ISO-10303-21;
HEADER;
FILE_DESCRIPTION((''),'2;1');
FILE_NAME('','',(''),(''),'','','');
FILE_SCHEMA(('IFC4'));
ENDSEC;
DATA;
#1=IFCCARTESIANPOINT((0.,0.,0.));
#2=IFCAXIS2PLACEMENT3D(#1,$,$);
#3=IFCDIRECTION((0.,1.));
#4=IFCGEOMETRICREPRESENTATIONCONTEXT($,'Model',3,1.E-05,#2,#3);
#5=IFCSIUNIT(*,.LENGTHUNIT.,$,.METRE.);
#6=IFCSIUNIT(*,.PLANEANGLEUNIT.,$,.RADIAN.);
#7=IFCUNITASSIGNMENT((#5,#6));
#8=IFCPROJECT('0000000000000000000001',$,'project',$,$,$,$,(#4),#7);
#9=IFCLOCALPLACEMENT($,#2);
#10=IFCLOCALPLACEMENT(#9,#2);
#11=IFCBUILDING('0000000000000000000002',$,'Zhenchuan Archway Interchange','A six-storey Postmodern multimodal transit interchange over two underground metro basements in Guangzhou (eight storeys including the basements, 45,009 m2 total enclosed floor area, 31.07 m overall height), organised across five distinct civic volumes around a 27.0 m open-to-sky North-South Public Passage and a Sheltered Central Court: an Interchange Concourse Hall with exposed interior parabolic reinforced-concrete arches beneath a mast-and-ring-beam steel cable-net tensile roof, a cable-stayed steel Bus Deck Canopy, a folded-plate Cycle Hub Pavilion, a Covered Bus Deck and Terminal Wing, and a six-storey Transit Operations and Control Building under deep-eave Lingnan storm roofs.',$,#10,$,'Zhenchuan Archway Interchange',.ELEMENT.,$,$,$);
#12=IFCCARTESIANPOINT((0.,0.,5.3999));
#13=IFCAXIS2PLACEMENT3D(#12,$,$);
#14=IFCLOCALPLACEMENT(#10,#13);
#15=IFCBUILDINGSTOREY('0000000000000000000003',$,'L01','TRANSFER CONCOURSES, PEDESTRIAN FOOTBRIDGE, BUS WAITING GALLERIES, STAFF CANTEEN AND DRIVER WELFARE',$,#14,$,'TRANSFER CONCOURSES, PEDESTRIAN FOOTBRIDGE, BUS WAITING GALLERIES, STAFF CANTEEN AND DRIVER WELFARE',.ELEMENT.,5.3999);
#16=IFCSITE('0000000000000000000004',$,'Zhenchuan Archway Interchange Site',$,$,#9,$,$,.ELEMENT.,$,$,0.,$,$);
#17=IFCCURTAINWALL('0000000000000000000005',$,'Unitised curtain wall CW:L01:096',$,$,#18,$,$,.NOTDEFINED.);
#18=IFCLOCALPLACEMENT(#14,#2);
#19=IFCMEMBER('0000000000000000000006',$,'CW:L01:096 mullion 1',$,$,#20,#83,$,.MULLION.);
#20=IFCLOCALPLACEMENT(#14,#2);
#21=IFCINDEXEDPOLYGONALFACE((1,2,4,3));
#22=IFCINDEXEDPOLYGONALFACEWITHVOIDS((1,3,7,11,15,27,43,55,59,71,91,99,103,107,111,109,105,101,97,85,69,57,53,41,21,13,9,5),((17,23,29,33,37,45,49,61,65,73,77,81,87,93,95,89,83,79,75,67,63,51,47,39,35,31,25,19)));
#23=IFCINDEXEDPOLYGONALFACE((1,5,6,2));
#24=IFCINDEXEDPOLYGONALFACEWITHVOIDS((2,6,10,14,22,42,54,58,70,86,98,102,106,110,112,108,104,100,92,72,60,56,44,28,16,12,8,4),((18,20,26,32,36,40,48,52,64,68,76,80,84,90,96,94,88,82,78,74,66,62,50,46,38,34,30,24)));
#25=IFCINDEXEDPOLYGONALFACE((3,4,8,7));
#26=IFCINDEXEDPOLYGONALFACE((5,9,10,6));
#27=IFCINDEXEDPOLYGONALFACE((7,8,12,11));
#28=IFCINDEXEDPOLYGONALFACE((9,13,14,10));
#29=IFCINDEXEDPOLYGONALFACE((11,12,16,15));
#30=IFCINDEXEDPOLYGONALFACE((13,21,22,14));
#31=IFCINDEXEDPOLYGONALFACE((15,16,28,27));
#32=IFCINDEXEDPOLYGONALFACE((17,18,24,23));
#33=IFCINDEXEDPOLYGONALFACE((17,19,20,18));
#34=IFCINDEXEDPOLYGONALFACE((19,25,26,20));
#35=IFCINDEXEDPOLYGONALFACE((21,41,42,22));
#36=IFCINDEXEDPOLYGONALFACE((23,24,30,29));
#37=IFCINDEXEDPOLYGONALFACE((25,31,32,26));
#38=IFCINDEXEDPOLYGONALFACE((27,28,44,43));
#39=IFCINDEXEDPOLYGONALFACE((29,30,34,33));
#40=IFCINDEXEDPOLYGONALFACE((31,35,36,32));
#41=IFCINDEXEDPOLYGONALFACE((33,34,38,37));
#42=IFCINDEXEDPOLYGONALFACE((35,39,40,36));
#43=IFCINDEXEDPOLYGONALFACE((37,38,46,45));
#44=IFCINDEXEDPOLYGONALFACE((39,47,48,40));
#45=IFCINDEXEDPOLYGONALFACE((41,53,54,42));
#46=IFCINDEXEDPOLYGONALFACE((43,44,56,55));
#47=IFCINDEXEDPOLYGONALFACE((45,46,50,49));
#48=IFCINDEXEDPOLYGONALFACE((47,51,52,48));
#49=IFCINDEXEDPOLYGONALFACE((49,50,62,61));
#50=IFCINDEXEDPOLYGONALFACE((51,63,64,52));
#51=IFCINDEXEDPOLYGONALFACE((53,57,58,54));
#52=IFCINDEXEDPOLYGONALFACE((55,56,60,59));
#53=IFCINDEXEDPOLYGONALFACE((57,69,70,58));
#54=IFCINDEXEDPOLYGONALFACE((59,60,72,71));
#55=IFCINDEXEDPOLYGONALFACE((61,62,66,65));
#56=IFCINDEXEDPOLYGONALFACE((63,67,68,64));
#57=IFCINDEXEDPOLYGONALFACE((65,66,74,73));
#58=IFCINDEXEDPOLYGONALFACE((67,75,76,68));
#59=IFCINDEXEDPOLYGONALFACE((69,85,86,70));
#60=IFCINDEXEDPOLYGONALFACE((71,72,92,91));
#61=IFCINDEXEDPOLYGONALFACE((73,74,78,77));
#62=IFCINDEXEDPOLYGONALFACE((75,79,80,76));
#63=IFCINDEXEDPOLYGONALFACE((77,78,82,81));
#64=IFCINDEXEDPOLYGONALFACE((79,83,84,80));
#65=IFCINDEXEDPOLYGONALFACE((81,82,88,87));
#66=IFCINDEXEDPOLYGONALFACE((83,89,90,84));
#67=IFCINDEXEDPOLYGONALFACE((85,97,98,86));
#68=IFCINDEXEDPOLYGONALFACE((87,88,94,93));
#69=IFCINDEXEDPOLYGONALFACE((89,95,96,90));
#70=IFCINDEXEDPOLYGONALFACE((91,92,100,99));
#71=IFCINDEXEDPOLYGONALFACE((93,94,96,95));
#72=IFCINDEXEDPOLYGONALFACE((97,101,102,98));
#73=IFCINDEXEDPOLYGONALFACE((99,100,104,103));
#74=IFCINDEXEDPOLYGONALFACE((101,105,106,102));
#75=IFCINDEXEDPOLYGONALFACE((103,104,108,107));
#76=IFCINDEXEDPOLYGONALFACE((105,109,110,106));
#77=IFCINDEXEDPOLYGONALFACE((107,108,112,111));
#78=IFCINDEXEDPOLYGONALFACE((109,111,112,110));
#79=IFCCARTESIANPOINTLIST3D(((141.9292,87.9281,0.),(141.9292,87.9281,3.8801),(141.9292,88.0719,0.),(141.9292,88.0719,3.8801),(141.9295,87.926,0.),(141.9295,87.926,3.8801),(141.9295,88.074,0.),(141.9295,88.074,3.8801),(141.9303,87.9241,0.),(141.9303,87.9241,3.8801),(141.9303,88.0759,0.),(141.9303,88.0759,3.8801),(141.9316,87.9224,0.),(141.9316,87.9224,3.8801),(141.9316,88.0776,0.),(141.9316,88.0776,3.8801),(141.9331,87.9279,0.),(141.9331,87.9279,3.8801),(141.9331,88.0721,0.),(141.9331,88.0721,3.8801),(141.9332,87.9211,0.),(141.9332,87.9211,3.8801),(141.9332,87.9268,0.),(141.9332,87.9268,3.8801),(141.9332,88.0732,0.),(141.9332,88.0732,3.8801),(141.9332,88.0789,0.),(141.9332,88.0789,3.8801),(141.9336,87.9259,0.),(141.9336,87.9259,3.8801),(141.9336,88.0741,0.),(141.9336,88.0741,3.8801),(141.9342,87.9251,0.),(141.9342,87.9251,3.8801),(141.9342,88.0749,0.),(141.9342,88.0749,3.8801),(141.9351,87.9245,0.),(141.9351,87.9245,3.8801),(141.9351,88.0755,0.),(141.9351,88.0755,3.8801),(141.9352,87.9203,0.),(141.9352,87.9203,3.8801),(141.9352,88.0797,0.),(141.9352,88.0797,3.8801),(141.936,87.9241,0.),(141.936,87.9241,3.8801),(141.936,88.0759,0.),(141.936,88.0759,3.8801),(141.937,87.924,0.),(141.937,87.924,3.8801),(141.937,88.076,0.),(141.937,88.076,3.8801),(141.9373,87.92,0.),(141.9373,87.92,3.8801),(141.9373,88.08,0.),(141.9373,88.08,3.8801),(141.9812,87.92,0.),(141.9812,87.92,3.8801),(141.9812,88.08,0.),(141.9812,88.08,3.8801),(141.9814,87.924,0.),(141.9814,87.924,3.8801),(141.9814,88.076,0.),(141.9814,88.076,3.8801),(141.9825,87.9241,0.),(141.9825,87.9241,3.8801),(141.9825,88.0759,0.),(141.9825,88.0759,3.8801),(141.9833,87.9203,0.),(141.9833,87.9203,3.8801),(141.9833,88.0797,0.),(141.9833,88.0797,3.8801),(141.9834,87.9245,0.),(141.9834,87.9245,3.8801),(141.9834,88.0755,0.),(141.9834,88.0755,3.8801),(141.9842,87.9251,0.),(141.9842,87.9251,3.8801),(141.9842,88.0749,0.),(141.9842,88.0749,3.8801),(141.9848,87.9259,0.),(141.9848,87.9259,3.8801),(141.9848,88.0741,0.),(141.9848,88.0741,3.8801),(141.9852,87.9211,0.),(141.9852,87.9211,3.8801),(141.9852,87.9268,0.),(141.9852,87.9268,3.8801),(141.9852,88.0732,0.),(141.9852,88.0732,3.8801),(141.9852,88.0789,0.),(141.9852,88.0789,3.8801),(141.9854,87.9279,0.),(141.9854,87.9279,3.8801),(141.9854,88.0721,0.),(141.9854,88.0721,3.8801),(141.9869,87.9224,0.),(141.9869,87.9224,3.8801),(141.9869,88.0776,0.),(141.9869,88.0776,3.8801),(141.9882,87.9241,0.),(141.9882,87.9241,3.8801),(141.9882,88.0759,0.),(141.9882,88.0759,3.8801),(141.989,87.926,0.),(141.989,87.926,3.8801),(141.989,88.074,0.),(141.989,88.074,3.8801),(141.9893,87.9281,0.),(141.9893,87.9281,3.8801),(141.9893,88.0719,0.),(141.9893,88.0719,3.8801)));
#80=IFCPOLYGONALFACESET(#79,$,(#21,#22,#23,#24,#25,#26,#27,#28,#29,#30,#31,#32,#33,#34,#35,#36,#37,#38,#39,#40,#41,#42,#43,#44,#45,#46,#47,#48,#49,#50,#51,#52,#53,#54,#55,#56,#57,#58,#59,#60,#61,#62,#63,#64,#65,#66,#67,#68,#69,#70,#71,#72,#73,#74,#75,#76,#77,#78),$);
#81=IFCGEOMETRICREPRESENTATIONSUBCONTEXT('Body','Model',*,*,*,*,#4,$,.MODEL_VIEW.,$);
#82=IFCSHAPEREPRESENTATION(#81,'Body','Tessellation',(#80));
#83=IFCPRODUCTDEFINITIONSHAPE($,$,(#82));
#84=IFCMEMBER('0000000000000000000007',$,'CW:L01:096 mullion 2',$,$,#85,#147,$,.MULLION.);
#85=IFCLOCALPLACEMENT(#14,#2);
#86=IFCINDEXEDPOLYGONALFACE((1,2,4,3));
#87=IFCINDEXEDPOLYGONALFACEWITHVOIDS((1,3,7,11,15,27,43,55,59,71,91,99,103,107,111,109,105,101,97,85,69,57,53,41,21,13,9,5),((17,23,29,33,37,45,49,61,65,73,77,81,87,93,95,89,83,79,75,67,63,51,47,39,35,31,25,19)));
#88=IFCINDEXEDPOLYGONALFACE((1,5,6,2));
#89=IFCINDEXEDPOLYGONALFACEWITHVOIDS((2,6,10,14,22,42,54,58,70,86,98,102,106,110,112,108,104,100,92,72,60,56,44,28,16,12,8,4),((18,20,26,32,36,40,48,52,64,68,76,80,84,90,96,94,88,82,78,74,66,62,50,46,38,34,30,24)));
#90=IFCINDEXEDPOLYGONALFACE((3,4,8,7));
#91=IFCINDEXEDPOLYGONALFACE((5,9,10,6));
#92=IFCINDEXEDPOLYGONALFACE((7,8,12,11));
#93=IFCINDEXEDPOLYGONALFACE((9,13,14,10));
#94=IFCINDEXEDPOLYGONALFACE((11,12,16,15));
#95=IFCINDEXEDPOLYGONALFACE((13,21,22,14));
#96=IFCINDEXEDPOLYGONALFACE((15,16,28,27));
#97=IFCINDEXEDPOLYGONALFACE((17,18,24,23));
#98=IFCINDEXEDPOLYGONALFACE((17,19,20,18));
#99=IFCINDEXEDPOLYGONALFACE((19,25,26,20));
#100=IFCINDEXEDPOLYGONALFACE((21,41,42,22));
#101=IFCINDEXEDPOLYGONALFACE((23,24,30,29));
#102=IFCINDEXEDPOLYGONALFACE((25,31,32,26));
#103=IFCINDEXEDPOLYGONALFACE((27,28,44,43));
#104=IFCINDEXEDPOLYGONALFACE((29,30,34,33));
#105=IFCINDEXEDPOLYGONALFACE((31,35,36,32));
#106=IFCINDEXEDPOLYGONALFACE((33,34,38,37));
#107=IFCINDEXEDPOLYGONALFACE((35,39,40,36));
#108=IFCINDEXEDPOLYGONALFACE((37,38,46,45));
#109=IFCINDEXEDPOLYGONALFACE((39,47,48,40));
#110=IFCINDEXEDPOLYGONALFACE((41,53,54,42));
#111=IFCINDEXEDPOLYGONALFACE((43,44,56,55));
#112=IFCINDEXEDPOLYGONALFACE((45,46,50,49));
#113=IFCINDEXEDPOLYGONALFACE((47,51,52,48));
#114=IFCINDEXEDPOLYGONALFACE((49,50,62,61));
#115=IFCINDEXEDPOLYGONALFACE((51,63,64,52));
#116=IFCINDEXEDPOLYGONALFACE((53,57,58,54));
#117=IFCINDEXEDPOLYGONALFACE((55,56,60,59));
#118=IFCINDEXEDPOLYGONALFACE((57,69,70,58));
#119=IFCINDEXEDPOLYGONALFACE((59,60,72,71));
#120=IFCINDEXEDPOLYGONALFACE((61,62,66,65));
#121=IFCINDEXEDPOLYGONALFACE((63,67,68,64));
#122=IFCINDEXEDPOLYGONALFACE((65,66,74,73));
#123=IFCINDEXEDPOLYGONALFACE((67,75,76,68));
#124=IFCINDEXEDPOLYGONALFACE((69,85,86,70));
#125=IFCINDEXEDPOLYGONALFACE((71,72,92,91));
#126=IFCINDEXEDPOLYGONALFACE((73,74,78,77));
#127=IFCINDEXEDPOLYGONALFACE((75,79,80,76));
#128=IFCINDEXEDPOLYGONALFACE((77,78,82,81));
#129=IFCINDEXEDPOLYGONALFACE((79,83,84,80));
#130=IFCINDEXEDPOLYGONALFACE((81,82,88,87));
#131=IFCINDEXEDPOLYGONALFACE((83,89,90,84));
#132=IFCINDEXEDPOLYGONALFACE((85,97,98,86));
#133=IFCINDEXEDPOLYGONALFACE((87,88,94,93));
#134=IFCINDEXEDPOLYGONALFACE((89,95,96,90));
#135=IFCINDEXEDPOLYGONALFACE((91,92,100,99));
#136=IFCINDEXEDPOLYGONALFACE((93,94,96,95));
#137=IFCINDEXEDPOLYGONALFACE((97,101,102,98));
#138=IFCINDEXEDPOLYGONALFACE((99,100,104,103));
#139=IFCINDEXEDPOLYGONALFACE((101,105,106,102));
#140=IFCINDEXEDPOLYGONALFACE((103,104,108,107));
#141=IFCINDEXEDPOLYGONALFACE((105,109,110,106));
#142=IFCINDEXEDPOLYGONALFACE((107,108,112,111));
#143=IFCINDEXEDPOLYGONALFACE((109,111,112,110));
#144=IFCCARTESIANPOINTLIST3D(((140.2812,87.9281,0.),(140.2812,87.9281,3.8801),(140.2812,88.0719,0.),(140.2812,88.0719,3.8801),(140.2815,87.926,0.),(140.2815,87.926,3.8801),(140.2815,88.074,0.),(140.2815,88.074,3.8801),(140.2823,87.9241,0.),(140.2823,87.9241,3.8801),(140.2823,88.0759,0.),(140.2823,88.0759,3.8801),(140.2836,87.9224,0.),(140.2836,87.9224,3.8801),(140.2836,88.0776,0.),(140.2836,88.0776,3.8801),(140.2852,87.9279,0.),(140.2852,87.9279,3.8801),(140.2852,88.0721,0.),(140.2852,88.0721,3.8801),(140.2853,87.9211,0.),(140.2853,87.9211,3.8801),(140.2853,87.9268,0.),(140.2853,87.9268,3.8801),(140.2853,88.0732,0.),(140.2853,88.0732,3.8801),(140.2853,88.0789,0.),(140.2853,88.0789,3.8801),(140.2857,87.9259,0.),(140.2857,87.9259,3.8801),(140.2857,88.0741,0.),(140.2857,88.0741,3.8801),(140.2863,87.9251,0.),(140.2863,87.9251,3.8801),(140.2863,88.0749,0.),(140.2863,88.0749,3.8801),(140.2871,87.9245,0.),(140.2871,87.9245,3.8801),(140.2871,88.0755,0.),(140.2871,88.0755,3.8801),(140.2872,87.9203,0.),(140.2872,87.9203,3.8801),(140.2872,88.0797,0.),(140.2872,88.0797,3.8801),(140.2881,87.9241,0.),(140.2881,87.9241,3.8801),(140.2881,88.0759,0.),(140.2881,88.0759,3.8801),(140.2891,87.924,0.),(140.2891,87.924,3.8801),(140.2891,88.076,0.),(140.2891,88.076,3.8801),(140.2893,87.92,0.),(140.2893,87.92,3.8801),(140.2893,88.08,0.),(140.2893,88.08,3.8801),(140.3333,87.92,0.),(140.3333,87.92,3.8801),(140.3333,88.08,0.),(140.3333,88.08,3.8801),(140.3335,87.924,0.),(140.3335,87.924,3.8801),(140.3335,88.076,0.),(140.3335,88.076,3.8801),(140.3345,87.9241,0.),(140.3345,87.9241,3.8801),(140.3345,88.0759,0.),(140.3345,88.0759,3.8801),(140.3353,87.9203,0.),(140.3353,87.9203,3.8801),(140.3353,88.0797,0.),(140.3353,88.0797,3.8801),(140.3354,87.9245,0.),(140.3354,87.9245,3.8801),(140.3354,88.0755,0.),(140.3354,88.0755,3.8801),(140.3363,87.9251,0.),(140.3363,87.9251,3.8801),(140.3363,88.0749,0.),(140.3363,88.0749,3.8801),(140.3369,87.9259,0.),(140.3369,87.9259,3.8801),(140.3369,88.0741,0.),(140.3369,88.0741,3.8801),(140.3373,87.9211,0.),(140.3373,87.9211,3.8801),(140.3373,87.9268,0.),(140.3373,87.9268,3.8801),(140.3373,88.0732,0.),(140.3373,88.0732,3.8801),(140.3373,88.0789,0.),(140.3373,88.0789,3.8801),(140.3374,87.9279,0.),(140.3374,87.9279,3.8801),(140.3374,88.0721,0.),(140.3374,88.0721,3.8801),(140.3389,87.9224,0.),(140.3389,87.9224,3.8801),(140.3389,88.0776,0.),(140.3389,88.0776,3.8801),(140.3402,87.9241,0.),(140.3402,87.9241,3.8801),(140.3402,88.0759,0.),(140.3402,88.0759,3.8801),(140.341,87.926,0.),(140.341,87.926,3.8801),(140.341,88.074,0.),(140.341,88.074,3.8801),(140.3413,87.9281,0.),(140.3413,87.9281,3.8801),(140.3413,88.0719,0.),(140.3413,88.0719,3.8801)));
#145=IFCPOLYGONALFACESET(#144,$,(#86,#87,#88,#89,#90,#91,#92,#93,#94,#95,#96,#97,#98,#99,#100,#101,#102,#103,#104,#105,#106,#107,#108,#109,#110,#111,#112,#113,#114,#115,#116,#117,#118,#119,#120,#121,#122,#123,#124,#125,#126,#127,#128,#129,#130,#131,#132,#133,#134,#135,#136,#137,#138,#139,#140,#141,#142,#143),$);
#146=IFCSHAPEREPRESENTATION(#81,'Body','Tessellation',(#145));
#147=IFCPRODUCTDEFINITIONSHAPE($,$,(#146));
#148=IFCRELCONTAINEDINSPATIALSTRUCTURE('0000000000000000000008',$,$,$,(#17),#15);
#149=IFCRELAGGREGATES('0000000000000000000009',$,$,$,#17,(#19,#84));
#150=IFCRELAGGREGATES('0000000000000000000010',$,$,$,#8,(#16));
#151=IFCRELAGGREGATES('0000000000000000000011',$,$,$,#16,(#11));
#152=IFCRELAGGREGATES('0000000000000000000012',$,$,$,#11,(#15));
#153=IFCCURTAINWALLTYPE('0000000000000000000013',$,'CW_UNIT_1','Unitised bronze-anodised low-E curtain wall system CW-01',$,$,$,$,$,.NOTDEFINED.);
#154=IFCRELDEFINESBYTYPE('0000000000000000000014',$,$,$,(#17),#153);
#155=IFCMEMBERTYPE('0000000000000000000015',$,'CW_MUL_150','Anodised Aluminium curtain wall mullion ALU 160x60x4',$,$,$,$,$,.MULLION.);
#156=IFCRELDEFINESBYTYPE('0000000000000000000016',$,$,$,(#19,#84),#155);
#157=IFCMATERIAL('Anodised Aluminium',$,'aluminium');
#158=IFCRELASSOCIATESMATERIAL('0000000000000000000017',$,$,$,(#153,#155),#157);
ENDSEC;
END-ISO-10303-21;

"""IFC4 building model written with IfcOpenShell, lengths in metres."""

from ifc_helpers import new_model, si_unit, direction, frame, origin, origin_2d, place, context, subcontext, project, spatial, hollow_rectangle, extrude, material, material_profile, profile_set, type_object, element, aggregate, save


model = new_model("IFC4")

# Units and contexts
model_context = context("Model", 3, precision=1e-05, world=origin(), true_north=direction((0.0, 1.0)))
body_context = subcontext(model_context, "Body", "Model", "MODEL_VIEW")
ifc_project = project(units=[si_unit("LENGTHUNIT", "METRE"), si_unit("PLANEANGLEUNIT", "RADIAN")], contexts=[model_context])

# Site, building, storey
site_placement = place(None, origin())
site = spatial("IfcSite", under=ifc_project, at=site_placement, Name="Zhenchuan Archway Interchange Site", CompositionType="ELEMENT", RefElevation=0.0)
building_placement = place(site_placement, origin())
building = spatial("IfcBuilding", under=site, at=building_placement, Name="Zhenchuan Archway Interchange", Description="A six-storey Postmodern multimodal transit interchange over two underground metro basements in Guangzhou (eight storeys including the basements, 45,009 m2 total enclosed floor area, 31.07 m overall height), organised across five distinct civic volumes around a 27.0 m open-to-sky North-South Public Passage and a Sheltered Central Court: an Interchange Concourse Hall with exposed interior parabolic reinforced-concrete arches beneath a mast-and-ring-beam steel cable-net tensile roof, a cable-stayed steel Bus Deck Canopy, a folded-plate Cycle Hub Pavilion, a Covered Bus Deck and Terminal Wing, and a six-storey Transit Operations and Control Building under deep-eave Lingnan storm roofs.", LongName="Zhenchuan Archway Interchange", CompositionType="ELEMENT")
storey_placement = place(building_placement, frame((0.0, 0.0, 5.3999)))
storey = spatial("IfcBuildingStorey", under=building, at=storey_placement, Name="L01", Description="TRANSFER CONCOURSES, PEDESTRIAN FOOTBRIDGE, BUS WAITING GALLERIES, STAFF CANTEEN AND DRIVER WELFARE", LongName="TRANSFER CONCOURSES, PEDESTRIAN FOOTBRIDGE, BUS WAITING GALLERIES, STAFF CANTEEN AND DRIVER WELFARE", CompositionType="ELEMENT", Elevation=5.3999)

# Curtain wall, members
ifc_material_1 = material(Name="Anodised Aluminium", Category="aluminium")
curtain_wall_type = type_object("IfcCurtainWallType", Name="CW_UNIT_1", Description="Unitised bronze-anodised low-E curtain wall system CW-01", PredefinedType="NOTDEFINED", material=ifc_material_1)
curtain_wall_placement = place(storey_placement, origin())
curtain_wall = element("IfcCurtainWall", 1, at=curtain_wall_placement, inside=storey, type_object=curtain_wall_type, Name="Unitised curtain wall CW:L01:096", PredefinedType="NOTDEFINED")
ifc_material_profile_1 = material_profile(ifc_material_1, hollow_rectangle(XDim=0.0601, YDim=0.1599, WallThickness=0.0039, InnerFilletRadius=0.0039, OuterFilletRadius=0.0081, at=origin_2d()), Name="ALU 160x60x4")
ifc_profile_set_1 = profile_set([ifc_material_profile_1], Name="Anodised Aluminium")
member_type_1 = type_object("IfcMemberType", Name="CW_MUL_150", Description="Anodised Aluminium curtain wall mullion ALU 160x60x4", PredefinedType="MULLION", material=ifc_profile_set_1)
member_1_placement = place(storey_placement, frame((141.9592, 88.0, 0.0), z_axis=(0.0, 0.0, 1.0), x_axis=(1.0, 0.0, 0.0)))
member_1 = element("IfcMember", 2, at=member_1_placement, type_object=member_type_1, Name="CW:L01:096 mullion 1", PredefinedType="MULLION", context=body_context, shape_type="SweptSolid", body=[
    extrude(hollow_rectangle(XDim=0.0601, YDim=0.1599, WallThickness=0.0039, InnerFilletRadius=0.0039, OuterFilletRadius=0.0081, at=origin_2d()), origin(), (0.0, 0.0, 1.0), 3.8801),
])
member_2_placement = place(storey_placement, frame((140.3113, 88.0, 0.0), z_axis=(0.0, 0.0, 1.0), x_axis=(1.0, 0.0, 0.0)))
member_2 = element("IfcMember", 3, at=member_2_placement, type_object=member_type_1, Name="CW:L01:096 mullion 2", PredefinedType="MULLION", context=body_context, shape_type="SweptSolid", body=[
    extrude(hollow_rectangle(XDim=0.0601, YDim=0.1599, WallThickness=0.0039, InnerFilletRadius=0.0039, OuterFilletRadius=0.0081, at=origin_2d()), origin(), (0.0, 0.0, 1.0), 3.8801),
])

aggregate(curtain_wall, [member_1, member_2])

save(model, "model.ifc")
